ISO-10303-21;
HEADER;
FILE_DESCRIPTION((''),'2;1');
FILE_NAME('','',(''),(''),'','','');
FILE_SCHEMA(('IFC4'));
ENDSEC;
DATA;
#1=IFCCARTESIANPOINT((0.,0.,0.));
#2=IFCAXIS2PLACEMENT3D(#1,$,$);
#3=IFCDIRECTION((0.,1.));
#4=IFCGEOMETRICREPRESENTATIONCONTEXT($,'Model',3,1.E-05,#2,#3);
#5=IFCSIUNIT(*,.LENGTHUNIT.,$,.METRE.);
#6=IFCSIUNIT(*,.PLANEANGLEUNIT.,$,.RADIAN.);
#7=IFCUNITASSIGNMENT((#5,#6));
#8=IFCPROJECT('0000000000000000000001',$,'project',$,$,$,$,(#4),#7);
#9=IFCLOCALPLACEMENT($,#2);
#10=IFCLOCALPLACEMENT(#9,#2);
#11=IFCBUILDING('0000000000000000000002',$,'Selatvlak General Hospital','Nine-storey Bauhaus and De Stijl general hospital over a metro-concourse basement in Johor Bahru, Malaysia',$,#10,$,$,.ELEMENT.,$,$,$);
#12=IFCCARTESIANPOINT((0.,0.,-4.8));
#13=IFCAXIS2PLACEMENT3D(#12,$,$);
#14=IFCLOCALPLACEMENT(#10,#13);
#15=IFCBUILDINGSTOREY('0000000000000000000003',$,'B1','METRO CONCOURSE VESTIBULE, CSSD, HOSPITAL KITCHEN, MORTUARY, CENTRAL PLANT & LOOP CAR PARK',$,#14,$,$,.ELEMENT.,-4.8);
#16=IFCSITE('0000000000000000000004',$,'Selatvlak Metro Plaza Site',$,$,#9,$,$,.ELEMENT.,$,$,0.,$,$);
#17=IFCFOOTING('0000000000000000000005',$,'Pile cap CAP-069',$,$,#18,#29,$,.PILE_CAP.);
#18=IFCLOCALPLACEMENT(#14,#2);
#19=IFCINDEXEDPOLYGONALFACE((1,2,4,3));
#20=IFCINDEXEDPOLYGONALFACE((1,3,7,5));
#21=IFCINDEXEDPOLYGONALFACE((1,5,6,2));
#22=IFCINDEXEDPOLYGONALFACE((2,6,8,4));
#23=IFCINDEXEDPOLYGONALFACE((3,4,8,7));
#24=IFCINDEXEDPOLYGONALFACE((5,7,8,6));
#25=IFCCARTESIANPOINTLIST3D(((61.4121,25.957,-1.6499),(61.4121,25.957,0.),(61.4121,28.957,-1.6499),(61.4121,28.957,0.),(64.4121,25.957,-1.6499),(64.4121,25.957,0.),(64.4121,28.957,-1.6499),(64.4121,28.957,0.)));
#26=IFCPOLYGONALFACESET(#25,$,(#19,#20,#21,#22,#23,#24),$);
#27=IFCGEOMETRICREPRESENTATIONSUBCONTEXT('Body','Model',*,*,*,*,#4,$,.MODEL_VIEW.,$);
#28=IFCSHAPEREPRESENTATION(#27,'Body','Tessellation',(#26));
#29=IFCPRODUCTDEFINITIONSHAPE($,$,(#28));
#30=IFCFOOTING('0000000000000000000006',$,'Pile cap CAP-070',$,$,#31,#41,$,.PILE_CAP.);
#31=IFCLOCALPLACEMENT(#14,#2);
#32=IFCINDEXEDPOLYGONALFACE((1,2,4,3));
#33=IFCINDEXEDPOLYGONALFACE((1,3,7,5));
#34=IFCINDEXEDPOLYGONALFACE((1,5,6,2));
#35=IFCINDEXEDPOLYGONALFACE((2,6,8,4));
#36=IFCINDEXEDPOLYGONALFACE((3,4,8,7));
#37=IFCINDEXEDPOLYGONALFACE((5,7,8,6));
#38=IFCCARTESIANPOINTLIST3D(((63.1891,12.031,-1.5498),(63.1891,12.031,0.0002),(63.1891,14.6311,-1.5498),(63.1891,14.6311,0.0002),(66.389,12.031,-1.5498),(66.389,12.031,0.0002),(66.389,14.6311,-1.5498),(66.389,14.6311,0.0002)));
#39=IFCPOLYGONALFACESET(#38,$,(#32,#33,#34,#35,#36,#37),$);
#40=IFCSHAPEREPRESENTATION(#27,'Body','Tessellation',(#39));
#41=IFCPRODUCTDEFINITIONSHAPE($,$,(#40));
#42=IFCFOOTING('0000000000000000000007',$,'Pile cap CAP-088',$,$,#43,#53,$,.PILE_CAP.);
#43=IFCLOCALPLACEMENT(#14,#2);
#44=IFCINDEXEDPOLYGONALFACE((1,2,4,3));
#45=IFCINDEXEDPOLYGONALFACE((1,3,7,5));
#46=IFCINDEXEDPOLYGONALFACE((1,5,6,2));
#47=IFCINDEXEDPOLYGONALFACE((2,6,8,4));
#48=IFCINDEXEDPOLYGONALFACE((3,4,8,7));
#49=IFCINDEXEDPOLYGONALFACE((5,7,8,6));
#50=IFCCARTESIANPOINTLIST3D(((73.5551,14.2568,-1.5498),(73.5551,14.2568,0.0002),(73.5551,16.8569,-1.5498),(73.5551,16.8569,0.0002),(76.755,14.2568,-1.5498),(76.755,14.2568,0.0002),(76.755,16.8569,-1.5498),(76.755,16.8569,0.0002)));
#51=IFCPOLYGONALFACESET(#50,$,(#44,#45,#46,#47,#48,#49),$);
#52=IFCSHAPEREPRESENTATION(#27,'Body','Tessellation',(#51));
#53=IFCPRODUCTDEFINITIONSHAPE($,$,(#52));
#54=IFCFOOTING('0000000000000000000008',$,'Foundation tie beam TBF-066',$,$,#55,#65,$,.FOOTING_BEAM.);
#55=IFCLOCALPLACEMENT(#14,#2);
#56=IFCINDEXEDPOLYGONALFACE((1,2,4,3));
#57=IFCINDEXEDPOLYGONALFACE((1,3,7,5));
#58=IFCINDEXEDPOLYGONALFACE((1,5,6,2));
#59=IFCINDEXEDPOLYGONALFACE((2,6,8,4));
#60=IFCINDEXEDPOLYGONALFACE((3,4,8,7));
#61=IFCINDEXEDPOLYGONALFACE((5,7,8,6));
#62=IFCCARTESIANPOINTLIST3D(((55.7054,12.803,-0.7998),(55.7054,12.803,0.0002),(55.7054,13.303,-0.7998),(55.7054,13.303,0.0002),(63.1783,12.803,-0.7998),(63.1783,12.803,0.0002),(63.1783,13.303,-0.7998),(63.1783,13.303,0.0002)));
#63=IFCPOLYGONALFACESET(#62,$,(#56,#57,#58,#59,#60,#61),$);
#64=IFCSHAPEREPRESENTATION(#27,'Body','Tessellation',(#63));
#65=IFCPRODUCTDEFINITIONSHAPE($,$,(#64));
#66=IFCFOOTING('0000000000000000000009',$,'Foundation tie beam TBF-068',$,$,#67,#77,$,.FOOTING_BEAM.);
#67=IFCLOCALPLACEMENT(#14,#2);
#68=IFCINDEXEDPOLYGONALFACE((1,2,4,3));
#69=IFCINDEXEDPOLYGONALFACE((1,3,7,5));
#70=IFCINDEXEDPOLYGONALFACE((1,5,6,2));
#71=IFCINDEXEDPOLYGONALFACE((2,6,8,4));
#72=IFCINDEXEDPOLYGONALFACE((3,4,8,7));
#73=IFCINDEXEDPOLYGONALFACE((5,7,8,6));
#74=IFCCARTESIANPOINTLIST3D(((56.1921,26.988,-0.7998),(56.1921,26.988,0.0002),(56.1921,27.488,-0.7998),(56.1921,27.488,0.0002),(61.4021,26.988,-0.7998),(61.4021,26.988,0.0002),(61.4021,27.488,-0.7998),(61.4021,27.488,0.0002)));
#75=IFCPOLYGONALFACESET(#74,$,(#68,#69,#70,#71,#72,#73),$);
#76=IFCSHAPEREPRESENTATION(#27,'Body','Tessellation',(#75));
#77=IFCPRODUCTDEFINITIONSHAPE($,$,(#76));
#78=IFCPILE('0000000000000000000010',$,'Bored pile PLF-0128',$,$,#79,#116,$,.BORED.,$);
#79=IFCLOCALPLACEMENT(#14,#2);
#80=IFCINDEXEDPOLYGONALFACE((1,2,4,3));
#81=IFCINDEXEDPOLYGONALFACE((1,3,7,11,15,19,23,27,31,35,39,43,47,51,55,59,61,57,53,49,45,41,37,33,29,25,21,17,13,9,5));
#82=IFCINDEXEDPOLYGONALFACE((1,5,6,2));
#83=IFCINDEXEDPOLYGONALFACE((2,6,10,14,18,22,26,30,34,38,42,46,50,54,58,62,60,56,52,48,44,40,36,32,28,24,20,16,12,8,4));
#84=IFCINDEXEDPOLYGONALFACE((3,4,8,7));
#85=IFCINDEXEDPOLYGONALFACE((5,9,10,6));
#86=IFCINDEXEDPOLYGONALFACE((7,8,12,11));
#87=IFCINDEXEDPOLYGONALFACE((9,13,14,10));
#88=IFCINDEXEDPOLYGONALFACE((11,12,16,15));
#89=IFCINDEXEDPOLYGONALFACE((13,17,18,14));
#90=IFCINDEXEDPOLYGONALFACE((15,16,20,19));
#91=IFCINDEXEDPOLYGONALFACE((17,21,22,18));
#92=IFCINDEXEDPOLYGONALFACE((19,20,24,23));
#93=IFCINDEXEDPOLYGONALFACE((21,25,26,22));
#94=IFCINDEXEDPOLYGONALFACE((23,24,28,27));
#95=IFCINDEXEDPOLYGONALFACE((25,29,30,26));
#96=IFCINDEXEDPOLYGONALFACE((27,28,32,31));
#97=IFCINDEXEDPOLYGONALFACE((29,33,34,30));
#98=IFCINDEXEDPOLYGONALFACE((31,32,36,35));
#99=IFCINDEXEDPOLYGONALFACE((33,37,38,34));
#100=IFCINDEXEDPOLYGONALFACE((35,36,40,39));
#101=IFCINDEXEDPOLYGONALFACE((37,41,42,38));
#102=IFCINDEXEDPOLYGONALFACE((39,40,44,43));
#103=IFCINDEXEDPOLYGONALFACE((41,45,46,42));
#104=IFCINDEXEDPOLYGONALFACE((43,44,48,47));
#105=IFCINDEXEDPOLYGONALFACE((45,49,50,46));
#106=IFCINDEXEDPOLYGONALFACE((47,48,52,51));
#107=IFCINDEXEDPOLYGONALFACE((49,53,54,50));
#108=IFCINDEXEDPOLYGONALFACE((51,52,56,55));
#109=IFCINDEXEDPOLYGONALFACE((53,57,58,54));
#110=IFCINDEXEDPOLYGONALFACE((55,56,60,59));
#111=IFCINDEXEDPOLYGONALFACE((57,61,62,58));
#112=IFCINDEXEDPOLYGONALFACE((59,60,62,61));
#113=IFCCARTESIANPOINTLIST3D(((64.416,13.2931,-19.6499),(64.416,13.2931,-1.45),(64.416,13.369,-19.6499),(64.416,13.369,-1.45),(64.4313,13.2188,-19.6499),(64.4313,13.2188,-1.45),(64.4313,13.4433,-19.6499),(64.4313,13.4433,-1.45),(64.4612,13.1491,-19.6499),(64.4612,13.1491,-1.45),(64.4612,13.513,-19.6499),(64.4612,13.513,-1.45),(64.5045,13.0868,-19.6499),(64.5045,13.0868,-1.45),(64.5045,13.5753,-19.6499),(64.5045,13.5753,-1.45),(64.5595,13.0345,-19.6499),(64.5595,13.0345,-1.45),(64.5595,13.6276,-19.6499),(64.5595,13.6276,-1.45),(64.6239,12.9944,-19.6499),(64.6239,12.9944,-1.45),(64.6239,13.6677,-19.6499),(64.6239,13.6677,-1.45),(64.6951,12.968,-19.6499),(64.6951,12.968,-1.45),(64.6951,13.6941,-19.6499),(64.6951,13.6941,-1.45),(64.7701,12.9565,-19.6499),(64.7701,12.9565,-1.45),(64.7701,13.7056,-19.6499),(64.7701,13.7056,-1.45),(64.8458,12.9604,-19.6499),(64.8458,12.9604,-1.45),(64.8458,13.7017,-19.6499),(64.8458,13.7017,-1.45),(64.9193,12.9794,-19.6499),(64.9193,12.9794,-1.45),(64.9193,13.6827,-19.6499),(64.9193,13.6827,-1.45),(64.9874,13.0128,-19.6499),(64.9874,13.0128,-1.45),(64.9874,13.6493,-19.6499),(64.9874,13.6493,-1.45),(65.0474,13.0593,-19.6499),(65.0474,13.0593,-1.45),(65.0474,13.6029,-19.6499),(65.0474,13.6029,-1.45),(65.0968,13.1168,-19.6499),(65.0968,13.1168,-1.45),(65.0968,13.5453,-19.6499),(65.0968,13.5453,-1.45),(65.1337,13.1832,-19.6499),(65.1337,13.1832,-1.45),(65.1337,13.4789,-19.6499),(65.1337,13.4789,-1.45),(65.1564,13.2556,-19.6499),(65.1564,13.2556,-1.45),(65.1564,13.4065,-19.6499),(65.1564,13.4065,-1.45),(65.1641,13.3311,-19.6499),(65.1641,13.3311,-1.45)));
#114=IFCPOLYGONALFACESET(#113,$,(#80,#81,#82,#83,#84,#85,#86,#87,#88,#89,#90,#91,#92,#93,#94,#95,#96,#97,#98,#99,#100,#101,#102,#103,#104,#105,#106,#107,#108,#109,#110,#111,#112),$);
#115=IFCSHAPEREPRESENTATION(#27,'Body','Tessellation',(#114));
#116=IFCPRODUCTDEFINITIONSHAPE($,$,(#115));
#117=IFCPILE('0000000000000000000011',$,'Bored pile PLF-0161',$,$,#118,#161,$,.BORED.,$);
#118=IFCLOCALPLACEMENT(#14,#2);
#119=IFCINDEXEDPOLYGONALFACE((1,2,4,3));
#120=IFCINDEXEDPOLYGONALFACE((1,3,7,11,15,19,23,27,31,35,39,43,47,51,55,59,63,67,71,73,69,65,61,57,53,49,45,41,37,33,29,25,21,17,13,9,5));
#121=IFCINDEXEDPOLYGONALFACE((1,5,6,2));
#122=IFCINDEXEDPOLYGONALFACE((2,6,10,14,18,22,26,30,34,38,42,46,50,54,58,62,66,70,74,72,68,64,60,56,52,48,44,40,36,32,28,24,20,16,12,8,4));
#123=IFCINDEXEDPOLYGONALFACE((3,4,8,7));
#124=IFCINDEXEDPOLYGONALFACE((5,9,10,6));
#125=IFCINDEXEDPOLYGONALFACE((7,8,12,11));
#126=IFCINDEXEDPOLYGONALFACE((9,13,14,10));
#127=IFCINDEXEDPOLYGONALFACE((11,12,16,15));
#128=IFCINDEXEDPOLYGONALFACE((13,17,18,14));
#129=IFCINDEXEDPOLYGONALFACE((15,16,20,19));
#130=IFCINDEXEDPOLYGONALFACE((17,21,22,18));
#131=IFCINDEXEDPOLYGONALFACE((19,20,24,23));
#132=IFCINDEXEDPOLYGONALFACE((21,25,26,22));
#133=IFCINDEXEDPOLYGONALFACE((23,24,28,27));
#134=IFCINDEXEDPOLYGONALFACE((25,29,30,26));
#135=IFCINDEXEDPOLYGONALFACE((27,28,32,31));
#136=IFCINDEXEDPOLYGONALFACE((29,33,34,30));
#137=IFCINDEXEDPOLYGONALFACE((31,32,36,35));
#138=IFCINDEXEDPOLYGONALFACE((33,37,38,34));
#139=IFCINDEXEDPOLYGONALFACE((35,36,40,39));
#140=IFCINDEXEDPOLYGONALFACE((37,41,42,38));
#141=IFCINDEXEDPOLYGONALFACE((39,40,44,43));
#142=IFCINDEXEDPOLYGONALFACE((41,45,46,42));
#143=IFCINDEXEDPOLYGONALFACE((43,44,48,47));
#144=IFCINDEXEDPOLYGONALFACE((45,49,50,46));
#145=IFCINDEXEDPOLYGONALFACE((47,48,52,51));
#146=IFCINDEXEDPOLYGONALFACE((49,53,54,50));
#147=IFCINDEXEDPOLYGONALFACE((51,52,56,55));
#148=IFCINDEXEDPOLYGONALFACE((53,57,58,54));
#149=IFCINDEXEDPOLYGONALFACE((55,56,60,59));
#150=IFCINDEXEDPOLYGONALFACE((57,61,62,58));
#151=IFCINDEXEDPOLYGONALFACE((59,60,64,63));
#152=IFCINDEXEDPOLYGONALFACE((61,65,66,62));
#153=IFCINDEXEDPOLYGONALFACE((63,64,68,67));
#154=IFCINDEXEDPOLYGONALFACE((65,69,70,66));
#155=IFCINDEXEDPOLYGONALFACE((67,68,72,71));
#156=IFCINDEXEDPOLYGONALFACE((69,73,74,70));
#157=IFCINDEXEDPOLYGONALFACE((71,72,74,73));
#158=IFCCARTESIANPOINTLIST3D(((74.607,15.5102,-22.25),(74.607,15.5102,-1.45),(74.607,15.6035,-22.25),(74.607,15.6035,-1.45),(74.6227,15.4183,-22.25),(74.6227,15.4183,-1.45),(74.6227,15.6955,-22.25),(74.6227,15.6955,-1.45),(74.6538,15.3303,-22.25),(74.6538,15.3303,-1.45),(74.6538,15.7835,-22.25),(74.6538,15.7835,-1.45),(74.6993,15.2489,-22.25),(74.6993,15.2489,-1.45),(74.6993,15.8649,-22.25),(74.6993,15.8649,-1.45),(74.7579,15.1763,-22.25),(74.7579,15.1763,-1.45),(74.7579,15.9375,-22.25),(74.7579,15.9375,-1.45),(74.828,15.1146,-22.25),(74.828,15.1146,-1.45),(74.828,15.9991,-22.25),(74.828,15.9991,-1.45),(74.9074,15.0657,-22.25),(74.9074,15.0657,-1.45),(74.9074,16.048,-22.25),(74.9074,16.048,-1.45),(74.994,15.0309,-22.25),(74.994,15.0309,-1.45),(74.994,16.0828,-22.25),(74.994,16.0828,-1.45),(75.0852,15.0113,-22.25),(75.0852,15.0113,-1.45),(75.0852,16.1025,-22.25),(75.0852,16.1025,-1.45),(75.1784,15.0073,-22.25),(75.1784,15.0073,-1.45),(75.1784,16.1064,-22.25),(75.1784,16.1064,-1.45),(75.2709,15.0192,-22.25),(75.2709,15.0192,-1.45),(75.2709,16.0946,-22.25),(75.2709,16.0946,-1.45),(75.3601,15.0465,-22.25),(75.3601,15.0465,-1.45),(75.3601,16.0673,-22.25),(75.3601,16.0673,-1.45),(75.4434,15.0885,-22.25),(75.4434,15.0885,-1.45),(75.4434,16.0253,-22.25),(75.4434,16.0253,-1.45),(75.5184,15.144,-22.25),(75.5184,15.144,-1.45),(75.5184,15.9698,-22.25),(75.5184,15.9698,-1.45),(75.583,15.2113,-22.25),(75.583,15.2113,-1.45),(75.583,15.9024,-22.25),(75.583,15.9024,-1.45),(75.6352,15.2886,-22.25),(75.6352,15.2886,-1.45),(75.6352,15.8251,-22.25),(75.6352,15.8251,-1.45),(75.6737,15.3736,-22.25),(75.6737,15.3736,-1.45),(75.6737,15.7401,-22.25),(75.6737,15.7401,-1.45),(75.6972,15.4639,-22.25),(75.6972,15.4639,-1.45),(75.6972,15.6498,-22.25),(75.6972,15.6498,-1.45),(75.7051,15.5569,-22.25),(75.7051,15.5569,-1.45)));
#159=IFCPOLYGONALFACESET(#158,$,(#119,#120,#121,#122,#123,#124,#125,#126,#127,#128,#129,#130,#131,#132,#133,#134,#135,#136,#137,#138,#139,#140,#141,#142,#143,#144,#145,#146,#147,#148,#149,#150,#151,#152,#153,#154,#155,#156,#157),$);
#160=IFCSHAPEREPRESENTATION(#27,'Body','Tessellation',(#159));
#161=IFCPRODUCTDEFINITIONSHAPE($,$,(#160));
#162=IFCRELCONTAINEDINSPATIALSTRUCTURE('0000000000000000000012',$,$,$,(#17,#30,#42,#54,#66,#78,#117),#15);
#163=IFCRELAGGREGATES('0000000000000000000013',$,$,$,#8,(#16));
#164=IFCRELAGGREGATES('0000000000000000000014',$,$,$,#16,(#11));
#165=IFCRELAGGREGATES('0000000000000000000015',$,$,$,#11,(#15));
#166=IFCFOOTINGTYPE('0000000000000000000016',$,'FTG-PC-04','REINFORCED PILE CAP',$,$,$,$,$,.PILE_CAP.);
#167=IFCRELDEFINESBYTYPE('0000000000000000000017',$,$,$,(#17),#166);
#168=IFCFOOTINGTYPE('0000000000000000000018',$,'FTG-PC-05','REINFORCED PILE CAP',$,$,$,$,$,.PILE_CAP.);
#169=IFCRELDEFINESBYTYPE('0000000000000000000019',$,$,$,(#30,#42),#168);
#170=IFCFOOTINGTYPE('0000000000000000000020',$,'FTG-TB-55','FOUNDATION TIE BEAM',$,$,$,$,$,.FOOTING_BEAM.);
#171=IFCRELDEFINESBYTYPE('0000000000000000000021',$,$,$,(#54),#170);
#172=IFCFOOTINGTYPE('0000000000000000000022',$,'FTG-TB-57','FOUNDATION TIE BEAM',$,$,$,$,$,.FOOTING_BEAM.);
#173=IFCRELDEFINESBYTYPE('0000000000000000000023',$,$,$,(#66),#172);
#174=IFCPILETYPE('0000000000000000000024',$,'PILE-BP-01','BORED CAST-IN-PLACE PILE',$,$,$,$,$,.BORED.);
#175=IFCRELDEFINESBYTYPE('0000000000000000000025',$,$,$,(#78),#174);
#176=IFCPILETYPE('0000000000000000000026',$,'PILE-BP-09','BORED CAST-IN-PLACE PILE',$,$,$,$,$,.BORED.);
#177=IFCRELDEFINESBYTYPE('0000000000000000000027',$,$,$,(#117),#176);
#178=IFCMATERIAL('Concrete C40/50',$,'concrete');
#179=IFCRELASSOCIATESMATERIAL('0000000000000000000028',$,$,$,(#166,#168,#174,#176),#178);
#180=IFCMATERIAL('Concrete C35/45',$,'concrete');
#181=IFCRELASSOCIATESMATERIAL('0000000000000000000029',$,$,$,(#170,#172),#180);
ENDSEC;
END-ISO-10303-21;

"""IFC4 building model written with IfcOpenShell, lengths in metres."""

from ifc_helpers import new_model, si_unit, direction, frame, origin, origin_2d, place, context, subcontext, project, spatial, rectangle, circle, extrude, material, material_profile, profile_set, type_object, element, save


model = new_model("IFC4")

# Units and contexts
model_context = context("Model", 3, precision=1e-05, world=origin(), true_north=direction((0.0, 1.0)))
body_context = subcontext(model_context, "Body", "Model", "MODEL_VIEW")
ifc_project = project(units=[si_unit("LENGTHUNIT", "METRE"), si_unit("PLANEANGLEUNIT", "RADIAN")], contexts=[model_context])

# Site, building, storey
site_placement = place(None, origin())
site = spatial("IfcSite", under=ifc_project, at=site_placement, Name="Selatvlak Metro Plaza Site", CompositionType="ELEMENT", RefElevation=0.0)
building_placement = place(site_placement, origin())
building = spatial("IfcBuilding", under=site, at=building_placement, Name="Selatvlak General Hospital", Description="Nine-storey Bauhaus and De Stijl general hospital over a metro-concourse basement in Johor Bahru, Malaysia", CompositionType="ELEMENT")
storey_placement = place(building_placement, frame((0.0, 0.0, -4.8)))
storey = spatial("IfcBuildingStorey", under=building, at=storey_placement, Name="B1", Description="METRO CONCOURSE VESTIBULE, CSSD, HOSPITAL KITCHEN, MORTUARY, CENTRAL PLANT & LOOP CAR PARK", CompositionType="ELEMENT", Elevation=-4.8)

# Footings
ifc_material_1 = material(Name="Concrete C40/50", Category="concrete")
footing_type_1 = type_object("IfcFootingType", Name="FTG-PC-04", Description="REINFORCED PILE CAP", PredefinedType="PILE_CAP", material=ifc_material_1)
footing_1_placement = place(storey_placement, frame((62.9121, 27.457, -1.6499), z_axis=(0.0, 0.0, 1.0), x_axis=(1.0, 0.0, 0.0)))
element("IfcFooting", 1, at=footing_1_placement, inside=storey, type_object=footing_type_1, Name="Pile cap CAP-069", PredefinedType="PILE_CAP", context=body_context, shape_type="SweptSolid", body=[
    extrude(rectangle(XDim=3.0, YDim=3.0, at=origin_2d()), origin(), (0.0, 0.0, 1.0), 1.6499),
])
footing_type_2 = type_object("IfcFootingType", Name="FTG-PC-05", Description="REINFORCED PILE CAP", PredefinedType="PILE_CAP", material=ifc_material_1)
for number, where, z_axis, x_axis, name in (
    (2, (64.7891, 13.3311, -1.5498), (0.0, 0.0, 1.0), (1.0, 0.0, 0.0), "Pile cap CAP-070"),
    (3, (75.155, 15.5569, -1.5498), (0.0, 0.0, 1.0), (1.0, 0.0, 0.0), "Pile cap CAP-088"),
):
    element("IfcFooting", number, at=place(storey_placement, frame(where, z_axis=z_axis, x_axis=x_axis)), inside=storey, type_object=footing_type_2, Name=name, PredefinedType="PILE_CAP", context=body_context, shape_type="SweptSolid", body=[
        extrude(rectangle(XDim=3.2, YDim=2.6001, at=origin_2d()), origin(), (0.0, 0.0, 1.0), 1.55),
    ])
ifc_material_2 = material(Name="Concrete C35/45", Category="concrete")
footing_type_3 = type_object("IfcFootingType", Name="FTG-TB-55", Description="FOUNDATION TIE BEAM", PredefinedType="FOOTING_BEAM", material=ifc_material_2)
footing_2_placement = place(storey_placement, frame((59.4419, 13.053, -0.7998), z_axis=(0.0, 0.0, 1.0), x_axis=(1.0, 0.0, 0.0)))
element("IfcFooting", 4, at=footing_2_placement, inside=storey, type_object=footing_type_3, Name="Foundation tie beam TBF-066", PredefinedType="FOOTING_BEAM", context=body_context, shape_type="SweptSolid", body=[
    extrude(rectangle(XDim=7.4729, YDim=0.5, at=origin_2d()), origin(), (0.0, 0.0, 1.0), 0.8),
])
footing_type_4 = type_object("IfcFootingType", Name="FTG-TB-57", Description="FOUNDATION TIE BEAM", PredefinedType="FOOTING_BEAM", material=ifc_material_2)
footing_3_placement = place(storey_placement, frame((58.7971, 27.238, -0.7998), z_axis=(0.0, 0.0, 1.0), x_axis=(1.0, 0.0, 0.0)))
element("IfcFooting", 5, at=footing_3_placement, inside=storey, type_object=footing_type_4, Name="Foundation tie beam TBF-068", PredefinedType="FOOTING_BEAM", context=body_context, shape_type="SweptSolid", body=[
    extrude(rectangle(XDim=5.21, YDim=0.5, at=origin_2d()), origin(), (0.0, 0.0, 1.0), 0.8),
])

# Piles
ifc_material_profile_1 = material_profile(ifc_material_1, circle(Radius=0.375, at=origin_2d()), Name="BORED PILE 750")
ifc_profile_set_1 = profile_set([ifc_material_profile_1], Name="Concrete C40/50")
pile_type_1 = type_object("IfcPileType", Name="PILE-BP-01", Description="BORED CAST-IN-PLACE PILE", PredefinedType="BORED", material=ifc_profile_set_1)
pile_1_placement = place(storey_placement, frame((64.7891, 13.3311, -1.45), z_axis=(0.0, 0.0, -1.0), x_axis=(1.0, 0.0, 0.0)))
element("IfcPile", 6, at=pile_1_placement, inside=storey, type_object=pile_type_1, Name="Bored pile PLF-0128", PredefinedType="BORED", context=body_context, shape_type="SweptSolid", body=[
    extrude(circle(Radius=0.375, at=origin_2d()), origin(), (0.0, 0.0, 1.0), 18.2),
])
ifc_material_profile_2 = material_profile(ifc_material_1, circle(Radius=0.55, at=origin_2d()), Name="BORED PILE 1100")
ifc_profile_set_2 = profile_set([ifc_material_profile_2], Name="Concrete C40/50")
pile_type_2 = type_object("IfcPileType", Name="PILE-BP-09", Description="BORED CAST-IN-PLACE PILE", PredefinedType="BORED", material=ifc_profile_set_2)
pile_2_placement = place(storey_placement, frame((75.155, 15.5569, -1.45), z_axis=(0.0, 0.0, -1.0), x_axis=(1.0, 0.0, 0.0)))
element("IfcPile", 7, at=pile_2_placement, inside=storey, type_object=pile_type_2, Name="Bored pile PLF-0161", PredefinedType="BORED", context=body_context, shape_type="SweptSolid", body=[
    extrude(circle(Radius=0.55, at=origin_2d()), origin(), (0.0, 0.0, 1.0), 20.8),
])

save(model, "model.ifc")
